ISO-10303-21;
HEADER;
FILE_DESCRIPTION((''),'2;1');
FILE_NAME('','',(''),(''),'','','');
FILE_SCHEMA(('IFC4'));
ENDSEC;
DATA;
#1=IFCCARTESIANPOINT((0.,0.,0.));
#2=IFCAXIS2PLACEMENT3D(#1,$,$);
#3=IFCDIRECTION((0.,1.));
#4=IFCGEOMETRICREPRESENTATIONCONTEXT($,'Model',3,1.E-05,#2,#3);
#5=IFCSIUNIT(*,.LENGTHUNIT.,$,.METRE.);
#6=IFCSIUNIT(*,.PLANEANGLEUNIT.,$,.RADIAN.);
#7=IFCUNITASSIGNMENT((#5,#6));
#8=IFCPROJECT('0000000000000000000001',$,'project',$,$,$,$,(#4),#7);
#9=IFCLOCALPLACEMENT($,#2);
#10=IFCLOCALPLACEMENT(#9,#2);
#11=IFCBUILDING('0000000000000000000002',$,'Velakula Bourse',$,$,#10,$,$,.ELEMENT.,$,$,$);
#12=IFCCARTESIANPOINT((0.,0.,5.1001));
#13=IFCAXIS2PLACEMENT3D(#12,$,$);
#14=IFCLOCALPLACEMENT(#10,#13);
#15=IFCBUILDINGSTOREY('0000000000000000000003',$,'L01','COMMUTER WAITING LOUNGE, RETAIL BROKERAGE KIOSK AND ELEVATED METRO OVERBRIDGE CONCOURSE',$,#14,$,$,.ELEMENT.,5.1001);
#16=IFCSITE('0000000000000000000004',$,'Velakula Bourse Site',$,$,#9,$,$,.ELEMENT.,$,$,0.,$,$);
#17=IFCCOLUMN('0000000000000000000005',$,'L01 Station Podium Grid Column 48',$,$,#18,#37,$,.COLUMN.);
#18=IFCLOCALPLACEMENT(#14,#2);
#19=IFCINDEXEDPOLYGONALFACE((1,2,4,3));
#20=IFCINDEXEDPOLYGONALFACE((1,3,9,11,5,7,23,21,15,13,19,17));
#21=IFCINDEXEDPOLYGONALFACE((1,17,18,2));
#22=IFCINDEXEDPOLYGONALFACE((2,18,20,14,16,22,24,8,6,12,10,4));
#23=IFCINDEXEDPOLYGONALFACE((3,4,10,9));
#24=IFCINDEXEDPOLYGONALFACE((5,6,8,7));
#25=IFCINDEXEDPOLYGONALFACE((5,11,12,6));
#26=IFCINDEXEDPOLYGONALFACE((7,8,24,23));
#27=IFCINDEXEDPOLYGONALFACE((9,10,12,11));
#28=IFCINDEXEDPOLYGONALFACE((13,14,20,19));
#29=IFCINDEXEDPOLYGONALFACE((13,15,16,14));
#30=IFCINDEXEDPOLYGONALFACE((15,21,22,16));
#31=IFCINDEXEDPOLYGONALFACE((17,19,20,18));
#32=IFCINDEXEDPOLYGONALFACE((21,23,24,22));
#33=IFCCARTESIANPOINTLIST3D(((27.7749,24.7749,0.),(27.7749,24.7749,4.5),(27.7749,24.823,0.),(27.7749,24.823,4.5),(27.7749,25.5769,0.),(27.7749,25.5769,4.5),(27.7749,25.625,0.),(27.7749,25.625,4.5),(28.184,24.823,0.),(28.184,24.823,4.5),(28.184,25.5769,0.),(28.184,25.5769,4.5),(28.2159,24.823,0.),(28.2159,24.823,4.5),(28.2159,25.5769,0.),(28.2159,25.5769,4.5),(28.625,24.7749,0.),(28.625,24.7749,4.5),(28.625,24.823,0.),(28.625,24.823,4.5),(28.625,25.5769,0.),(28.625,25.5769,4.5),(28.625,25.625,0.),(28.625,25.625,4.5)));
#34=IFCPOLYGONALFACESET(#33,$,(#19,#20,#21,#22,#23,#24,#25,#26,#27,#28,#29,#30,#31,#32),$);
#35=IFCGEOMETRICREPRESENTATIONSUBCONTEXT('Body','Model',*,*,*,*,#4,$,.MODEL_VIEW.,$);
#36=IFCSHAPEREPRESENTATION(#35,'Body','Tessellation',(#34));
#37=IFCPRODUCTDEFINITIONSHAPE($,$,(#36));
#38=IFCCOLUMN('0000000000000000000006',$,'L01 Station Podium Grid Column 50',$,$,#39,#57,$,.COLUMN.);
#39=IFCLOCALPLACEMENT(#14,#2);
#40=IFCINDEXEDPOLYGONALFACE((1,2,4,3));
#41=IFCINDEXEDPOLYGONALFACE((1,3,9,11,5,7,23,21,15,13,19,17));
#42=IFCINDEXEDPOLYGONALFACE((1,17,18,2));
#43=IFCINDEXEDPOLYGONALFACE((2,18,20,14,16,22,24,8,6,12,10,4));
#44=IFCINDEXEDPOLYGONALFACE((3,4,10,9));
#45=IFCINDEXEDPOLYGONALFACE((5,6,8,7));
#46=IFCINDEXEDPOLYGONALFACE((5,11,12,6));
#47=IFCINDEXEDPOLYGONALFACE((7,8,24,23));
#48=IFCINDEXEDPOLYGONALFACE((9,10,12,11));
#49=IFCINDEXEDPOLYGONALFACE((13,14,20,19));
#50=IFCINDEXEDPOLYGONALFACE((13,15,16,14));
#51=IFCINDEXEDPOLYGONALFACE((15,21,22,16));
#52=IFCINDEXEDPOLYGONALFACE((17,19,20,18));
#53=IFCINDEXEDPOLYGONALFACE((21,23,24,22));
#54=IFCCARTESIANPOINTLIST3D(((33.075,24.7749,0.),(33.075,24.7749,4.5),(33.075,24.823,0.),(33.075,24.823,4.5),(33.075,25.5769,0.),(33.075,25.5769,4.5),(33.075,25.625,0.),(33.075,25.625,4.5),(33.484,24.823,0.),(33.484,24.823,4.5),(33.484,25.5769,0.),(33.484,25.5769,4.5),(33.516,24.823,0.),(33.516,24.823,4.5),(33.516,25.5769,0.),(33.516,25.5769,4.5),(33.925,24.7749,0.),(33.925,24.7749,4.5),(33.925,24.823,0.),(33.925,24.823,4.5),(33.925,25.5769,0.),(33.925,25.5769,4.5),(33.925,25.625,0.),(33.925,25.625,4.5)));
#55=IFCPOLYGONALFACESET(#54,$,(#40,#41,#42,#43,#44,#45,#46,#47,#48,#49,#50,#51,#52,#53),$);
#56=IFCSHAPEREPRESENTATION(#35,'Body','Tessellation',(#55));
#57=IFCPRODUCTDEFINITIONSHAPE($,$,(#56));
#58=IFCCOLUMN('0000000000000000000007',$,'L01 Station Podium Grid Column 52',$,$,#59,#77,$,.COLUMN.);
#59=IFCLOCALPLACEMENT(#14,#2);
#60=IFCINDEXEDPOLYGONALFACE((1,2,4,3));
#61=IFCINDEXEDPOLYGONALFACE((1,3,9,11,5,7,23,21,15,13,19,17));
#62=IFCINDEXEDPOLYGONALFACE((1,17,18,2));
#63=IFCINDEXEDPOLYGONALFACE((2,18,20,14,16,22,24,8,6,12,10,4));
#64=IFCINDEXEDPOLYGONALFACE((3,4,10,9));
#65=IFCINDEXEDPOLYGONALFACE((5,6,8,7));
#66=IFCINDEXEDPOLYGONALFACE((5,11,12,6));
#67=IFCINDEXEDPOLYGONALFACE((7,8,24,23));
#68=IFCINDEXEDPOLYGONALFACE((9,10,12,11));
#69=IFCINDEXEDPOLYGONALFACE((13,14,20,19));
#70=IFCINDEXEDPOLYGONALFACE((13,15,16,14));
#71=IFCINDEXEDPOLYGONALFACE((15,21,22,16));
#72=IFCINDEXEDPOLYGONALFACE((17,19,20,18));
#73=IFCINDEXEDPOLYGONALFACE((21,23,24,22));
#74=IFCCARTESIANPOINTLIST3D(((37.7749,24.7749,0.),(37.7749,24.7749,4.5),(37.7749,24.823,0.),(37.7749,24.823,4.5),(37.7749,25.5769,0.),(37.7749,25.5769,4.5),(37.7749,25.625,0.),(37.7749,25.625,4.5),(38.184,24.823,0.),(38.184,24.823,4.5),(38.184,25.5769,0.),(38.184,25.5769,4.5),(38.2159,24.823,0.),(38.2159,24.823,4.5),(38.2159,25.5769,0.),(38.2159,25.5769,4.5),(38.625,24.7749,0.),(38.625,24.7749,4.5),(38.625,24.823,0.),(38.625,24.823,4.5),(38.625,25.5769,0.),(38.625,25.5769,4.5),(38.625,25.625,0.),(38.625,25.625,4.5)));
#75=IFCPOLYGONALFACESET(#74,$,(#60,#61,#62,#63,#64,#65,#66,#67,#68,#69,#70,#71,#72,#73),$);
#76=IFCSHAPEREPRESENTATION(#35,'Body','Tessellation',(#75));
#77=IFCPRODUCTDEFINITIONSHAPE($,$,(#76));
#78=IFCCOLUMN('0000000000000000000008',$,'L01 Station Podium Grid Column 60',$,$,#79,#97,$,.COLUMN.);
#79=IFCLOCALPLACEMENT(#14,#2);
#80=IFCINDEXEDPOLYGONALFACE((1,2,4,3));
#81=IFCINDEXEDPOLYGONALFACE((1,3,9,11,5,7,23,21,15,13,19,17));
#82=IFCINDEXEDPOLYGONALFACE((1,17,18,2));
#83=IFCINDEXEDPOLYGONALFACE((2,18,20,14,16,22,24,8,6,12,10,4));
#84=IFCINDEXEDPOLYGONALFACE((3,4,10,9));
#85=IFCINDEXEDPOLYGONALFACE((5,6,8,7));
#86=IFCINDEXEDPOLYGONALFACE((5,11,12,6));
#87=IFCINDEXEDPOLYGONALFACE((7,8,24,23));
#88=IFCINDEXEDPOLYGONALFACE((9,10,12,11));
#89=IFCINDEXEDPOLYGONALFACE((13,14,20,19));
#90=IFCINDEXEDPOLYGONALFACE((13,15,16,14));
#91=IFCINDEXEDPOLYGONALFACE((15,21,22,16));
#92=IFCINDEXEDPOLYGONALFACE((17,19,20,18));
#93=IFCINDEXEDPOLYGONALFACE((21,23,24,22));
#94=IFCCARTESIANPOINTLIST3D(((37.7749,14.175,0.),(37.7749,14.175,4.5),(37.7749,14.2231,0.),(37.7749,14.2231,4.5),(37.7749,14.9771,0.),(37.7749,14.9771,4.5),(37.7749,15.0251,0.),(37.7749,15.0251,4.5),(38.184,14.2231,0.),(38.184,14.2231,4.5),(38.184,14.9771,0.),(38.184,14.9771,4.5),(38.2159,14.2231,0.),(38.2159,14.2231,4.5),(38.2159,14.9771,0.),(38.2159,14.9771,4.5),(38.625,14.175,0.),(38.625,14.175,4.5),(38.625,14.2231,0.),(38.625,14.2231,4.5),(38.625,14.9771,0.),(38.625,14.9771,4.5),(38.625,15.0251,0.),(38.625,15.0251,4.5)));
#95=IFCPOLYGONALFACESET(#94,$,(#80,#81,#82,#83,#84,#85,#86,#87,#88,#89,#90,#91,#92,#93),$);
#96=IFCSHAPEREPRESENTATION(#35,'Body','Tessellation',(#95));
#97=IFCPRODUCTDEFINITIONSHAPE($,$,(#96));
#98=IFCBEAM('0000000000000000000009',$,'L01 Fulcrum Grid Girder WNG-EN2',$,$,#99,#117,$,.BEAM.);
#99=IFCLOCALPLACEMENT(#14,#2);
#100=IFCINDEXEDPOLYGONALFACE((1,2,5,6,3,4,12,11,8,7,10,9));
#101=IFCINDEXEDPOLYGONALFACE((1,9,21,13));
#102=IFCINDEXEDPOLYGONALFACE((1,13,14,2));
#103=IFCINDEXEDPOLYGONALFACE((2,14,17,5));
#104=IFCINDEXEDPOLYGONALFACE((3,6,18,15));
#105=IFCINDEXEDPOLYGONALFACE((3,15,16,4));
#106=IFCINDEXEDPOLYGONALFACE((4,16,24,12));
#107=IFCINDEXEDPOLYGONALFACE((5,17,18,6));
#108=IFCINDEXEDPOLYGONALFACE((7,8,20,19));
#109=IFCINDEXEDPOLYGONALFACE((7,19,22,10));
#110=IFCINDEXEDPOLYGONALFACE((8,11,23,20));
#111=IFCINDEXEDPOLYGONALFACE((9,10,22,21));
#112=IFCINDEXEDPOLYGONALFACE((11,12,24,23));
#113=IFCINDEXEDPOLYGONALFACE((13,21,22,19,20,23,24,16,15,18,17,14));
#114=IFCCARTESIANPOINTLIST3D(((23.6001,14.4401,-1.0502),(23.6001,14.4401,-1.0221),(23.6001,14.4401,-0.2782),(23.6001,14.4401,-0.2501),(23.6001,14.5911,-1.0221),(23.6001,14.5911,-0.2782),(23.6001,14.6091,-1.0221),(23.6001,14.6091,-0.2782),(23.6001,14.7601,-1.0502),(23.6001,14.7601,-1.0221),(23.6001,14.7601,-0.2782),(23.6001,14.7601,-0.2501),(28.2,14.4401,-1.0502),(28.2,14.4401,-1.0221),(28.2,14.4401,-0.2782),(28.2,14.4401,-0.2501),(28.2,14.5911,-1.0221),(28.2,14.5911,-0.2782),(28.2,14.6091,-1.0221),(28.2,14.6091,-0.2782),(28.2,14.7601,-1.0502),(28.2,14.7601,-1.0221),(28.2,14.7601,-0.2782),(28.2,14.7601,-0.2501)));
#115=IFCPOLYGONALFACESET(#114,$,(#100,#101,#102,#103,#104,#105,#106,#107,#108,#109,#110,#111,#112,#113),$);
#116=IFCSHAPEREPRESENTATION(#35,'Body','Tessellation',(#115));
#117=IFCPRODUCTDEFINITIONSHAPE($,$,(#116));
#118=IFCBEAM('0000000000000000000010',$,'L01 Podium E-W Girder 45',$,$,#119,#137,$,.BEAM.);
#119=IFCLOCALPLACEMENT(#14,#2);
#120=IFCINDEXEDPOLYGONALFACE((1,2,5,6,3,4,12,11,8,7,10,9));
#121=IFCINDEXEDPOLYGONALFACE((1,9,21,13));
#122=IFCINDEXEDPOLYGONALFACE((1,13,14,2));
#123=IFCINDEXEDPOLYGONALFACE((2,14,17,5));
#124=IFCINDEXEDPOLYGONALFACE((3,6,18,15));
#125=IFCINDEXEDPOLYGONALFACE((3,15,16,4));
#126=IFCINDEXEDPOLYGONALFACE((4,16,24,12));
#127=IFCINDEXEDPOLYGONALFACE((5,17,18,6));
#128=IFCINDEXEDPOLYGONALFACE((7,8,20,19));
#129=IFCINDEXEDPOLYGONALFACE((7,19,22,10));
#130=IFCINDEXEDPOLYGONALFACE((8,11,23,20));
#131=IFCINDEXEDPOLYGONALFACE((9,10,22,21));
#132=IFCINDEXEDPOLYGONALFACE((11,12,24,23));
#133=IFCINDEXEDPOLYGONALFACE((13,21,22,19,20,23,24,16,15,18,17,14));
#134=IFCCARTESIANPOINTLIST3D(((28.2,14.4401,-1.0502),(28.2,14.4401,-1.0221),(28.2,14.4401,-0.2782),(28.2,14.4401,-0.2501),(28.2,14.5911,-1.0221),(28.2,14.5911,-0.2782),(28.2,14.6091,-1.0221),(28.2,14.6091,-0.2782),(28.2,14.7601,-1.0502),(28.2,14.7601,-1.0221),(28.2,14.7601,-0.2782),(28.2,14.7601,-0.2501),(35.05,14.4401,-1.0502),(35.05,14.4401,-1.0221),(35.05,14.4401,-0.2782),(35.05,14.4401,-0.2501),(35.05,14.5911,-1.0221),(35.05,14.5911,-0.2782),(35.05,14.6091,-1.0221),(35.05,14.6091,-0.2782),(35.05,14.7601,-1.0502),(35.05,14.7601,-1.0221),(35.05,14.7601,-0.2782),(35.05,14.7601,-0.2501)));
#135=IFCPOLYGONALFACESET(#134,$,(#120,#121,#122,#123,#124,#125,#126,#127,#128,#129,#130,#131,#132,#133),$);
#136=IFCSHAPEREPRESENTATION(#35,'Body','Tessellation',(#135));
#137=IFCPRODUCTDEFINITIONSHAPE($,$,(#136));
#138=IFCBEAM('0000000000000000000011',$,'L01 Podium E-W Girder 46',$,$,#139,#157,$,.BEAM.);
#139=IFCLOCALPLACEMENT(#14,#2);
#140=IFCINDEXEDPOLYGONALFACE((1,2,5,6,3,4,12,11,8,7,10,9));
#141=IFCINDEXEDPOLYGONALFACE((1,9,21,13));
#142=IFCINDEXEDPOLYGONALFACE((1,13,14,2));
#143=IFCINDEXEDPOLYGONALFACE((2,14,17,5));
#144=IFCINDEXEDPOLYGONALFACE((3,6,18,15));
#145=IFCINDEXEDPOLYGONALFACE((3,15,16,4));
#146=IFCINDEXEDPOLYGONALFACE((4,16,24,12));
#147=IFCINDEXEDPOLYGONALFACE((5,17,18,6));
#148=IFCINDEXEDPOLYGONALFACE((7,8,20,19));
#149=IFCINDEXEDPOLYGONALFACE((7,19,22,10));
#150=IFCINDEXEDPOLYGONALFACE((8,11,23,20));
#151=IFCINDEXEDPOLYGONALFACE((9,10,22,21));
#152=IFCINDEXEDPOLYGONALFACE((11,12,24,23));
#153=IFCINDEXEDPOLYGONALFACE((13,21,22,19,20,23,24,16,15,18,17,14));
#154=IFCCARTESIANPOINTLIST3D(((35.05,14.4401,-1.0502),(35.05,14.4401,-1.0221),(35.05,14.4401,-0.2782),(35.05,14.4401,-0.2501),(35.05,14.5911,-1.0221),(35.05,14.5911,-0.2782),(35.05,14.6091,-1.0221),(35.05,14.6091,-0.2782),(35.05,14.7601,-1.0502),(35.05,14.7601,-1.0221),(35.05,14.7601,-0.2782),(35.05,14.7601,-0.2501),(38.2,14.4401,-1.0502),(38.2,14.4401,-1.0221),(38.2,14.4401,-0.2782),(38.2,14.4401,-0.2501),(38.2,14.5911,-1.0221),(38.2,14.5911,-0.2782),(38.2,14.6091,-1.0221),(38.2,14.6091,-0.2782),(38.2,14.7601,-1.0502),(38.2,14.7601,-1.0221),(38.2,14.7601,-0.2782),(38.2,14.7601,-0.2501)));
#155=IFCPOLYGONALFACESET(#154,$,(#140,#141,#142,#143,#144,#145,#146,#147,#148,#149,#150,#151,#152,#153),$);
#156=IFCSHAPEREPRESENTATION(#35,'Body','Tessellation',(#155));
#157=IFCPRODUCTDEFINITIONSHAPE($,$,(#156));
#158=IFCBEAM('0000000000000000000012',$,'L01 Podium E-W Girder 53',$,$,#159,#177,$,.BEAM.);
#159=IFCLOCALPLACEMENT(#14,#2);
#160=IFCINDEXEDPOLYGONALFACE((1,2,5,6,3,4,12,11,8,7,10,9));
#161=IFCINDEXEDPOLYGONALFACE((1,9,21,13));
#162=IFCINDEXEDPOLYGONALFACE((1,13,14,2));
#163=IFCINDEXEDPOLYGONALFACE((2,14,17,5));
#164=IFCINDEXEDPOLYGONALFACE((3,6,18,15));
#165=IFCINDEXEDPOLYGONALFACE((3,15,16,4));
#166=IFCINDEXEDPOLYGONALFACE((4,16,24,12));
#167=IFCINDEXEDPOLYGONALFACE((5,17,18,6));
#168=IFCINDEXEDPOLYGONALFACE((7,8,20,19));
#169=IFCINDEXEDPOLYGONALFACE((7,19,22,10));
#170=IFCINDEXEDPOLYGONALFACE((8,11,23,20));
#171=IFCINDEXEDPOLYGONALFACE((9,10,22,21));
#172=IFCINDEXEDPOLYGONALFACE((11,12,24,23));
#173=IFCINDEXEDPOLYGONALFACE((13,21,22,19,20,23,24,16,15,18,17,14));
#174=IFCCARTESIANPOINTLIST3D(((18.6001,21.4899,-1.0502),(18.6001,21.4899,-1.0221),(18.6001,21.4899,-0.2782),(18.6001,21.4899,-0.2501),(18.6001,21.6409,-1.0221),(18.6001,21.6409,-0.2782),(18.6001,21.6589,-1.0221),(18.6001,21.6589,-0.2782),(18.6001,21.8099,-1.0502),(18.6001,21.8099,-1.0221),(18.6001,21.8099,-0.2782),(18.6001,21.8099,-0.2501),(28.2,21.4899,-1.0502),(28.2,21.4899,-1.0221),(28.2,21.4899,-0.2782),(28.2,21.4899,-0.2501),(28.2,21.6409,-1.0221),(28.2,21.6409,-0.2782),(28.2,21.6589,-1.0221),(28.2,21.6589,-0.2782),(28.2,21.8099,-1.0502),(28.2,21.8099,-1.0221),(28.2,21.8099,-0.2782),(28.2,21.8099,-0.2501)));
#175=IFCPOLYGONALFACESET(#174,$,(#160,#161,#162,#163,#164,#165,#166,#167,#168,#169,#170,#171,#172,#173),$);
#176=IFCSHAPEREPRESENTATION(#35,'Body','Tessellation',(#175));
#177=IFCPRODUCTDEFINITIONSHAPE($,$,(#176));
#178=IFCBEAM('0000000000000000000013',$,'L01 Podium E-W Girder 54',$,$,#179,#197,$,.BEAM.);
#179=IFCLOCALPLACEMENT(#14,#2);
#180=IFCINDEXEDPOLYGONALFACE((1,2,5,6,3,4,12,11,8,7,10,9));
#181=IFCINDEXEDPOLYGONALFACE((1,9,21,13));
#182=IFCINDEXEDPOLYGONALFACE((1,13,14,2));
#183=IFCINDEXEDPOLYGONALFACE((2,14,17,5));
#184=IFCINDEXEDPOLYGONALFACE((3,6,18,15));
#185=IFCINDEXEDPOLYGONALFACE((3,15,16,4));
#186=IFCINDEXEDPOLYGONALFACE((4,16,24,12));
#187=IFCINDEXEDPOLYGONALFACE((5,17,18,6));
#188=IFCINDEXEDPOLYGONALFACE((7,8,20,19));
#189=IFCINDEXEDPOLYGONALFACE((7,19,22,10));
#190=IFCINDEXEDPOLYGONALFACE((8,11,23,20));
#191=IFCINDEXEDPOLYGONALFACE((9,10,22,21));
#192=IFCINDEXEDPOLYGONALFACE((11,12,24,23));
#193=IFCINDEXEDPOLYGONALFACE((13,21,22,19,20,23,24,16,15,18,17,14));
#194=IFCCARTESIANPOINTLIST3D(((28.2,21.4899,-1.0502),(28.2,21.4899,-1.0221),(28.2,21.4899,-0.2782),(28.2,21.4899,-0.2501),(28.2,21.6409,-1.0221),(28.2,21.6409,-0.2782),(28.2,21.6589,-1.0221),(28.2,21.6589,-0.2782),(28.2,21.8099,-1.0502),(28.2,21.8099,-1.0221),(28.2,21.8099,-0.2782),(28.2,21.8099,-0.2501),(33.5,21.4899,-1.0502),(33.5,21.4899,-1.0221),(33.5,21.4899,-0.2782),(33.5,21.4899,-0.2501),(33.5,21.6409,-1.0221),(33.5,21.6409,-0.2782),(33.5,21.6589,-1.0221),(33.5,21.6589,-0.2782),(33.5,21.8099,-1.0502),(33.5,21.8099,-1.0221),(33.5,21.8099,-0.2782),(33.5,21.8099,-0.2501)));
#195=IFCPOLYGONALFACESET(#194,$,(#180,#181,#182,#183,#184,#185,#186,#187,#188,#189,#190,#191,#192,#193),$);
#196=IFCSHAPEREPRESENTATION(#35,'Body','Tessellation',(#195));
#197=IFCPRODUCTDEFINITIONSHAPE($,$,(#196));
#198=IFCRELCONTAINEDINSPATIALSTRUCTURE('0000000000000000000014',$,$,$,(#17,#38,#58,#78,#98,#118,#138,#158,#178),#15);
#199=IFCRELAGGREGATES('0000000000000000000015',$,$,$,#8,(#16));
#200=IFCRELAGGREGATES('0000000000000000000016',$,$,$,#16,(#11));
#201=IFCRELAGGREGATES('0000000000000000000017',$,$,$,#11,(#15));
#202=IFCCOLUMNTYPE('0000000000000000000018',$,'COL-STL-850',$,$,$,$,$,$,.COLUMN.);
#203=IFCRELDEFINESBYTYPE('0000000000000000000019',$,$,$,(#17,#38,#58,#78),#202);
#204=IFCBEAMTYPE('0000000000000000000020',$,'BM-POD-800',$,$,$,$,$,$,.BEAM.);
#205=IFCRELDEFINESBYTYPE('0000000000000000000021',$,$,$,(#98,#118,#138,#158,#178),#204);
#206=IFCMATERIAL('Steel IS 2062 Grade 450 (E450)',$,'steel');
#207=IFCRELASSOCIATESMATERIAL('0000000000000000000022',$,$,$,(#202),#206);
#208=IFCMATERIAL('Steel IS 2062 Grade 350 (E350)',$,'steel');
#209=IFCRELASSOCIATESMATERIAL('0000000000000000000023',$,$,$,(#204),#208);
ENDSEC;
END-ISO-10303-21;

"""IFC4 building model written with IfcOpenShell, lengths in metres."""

from ifc_helpers import new_model, si_unit, direction, frame, origin, origin_2d, place, context, subcontext, project, spatial, i_section, extrude, material, material_profile, profile_set, type_object, element, save


model = new_model("IFC4")

# Units and contexts
model_context = context("Model", 3, precision=1e-05, world=origin(), true_north=direction((0.0, 1.0)))
body_context = subcontext(model_context, "Body", "Model", "MODEL_VIEW")
ifc_project = project(units=[si_unit("LENGTHUNIT", "METRE"), si_unit("PLANEANGLEUNIT", "RADIAN")], contexts=[model_context])

# Site, building, storey
site_placement = place(None, origin())
site = spatial("IfcSite", under=ifc_project, at=site_placement, Name="Velakula Bourse Site", CompositionType="ELEMENT", RefElevation=0.0)
building_placement = place(site_placement, origin())
building = spatial("IfcBuilding", under=site, at=building_placement, Name="Velakula Bourse", CompositionType="ELEMENT")
storey_placement = place(building_placement, frame((0.0, 0.0, 5.1001)))
storey = spatial("IfcBuildingStorey", under=building, at=storey_placement, Name="L01", Description="COMMUTER WAITING LOUNGE, RETAIL BROKERAGE KIOSK AND ELEVATED METRO OVERBRIDGE CONCOURSE", CompositionType="ELEMENT", Elevation=5.1001)

# Columns
ifc_material_1 = material(Name="Steel IS 2062 Grade 450 (E450)", Category="steel")
ifc_material_profile_1 = material_profile(ifc_material_1, i_section(OverallWidth=0.8501, OverallDepth=0.8501, WebThickness=0.032, FlangeThickness=0.0481, at=origin_2d()), Name="Steel IS 2062 Grade 450 (E450)")
ifc_profile_set_1 = profile_set([ifc_material_profile_1], Name="Steel IS 2062 Grade 450 (E450)")
column_type = type_object("IfcColumnType", Name="COL-STL-850", PredefinedType="COLUMN", material=ifc_profile_set_1)
for number, where, z_axis, x_axis, name in (
    (1, (28.2, 25.2, 0.0), (0.0, 0.0, 1.0), (1.0, 0.0, 0.0), "L01 Station Podium Grid Column 48"),
    (2, (33.5, 25.2, 0.0), (0.0, 0.0, 1.0), (1.0, 0.0, 0.0), "L01 Station Podium Grid Column 50"),
    (3, (38.2, 25.2, 0.0), (0.0, 0.0, 1.0), (1.0, 0.0, 0.0), "L01 Station Podium Grid Column 52"),
    (4, (38.2, 14.6001, 0.0), (0.0, 0.0, 1.0), (1.0, 0.0, 0.0), "L01 Station Podium Grid Column 60"),
):
    element("IfcColumn", number, at=place(storey_placement, frame(where, z_axis=z_axis, x_axis=x_axis)), inside=storey, type_object=column_type, Name=name, PredefinedType="COLUMN", context=body_context, shape_type="SweptSolid", body=[
        extrude(i_section(OverallWidth=0.8501, OverallDepth=0.8501, WebThickness=0.032, FlangeThickness=0.0481, at=origin_2d()), origin(), (0.0, 0.0, 1.0), 4.5),
    ])

# Beams
ifc_material_2 = material(Name="Steel IS 2062 Grade 350 (E350)", Category="steel")
ifc_material_profile_2 = material_profile(ifc_material_2, i_section(OverallWidth=0.3201, OverallDepth=0.8, WebThickness=0.0181, FlangeThickness=0.0281, at=origin_2d()), Name="Steel IS 2062 Grade 350 (E350)")
ifc_profile_set_2 = profile_set([ifc_material_profile_2], Name="Steel IS 2062 Grade 350 (E350)")
beam_type_1 = type_object("IfcBeamType", Name="BM-POD-800", PredefinedType="BEAM", material=ifc_profile_set_2)
beam_1_placement = place(storey_placement, frame((23.6001, 14.6001, -0.6501), z_axis=(1.0, 0.0, 0.0), x_axis=(0.0, 1.0, 0.0)))
element("IfcBeam", 5, at=beam_1_placement, inside=storey, type_object=beam_type_1, Name="L01 Fulcrum Grid Girder WNG-EN2", PredefinedType="BEAM", context=body_context, shape_type="SweptSolid", body=[
    extrude(i_section(OverallWidth=0.3201, OverallDepth=0.8, WebThickness=0.0181, FlangeThickness=0.0281, at=origin_2d()), origin(), (0.0, 0.0, 1.0), 4.5999),
])
beam_2_placement = place(storey_placement, frame((28.2, 14.6001, -0.6501), z_axis=(1.0, 0.0, 0.0), x_axis=(0.0, 1.0, 0.0)))
element("IfcBeam", 6, at=beam_2_placement, inside=storey, type_object=beam_type_1, Name="L01 Podium E-W Girder 45", PredefinedType="BEAM", context=body_context, shape_type="SweptSolid", body=[
    extrude(i_section(OverallWidth=0.3201, OverallDepth=0.8, WebThickness=0.0181, FlangeThickness=0.0281, at=origin_2d()), origin(), (0.0, 0.0, 1.0), 6.8501),
])
beam_3_placement = place(storey_placement, frame((35.05, 14.6001, -0.6501), z_axis=(1.0, 0.0, 0.0), x_axis=(0.0, 1.0, 0.0)))
element("IfcBeam", 7, at=beam_3_placement, inside=storey, type_object=beam_type_1, Name="L01 Podium E-W Girder 46", PredefinedType="BEAM", context=body_context, shape_type="SweptSolid", body=[
    extrude(i_section(OverallWidth=0.3201, OverallDepth=0.8, WebThickness=0.0181, FlangeThickness=0.0281, at=origin_2d()), origin(), (0.0, 0.0, 1.0), 3.1499),
])
beam_4_placement = place(storey_placement, frame((18.6001, 21.6499, -0.6501), z_axis=(1.0, 0.0, 0.0), x_axis=(0.0, 1.0, 0.0)))
element("IfcBeam", 8, at=beam_4_placement, inside=storey, type_object=beam_type_1, Name="L01 Podium E-W Girder 53", PredefinedType="BEAM", context=body_context, shape_type="SweptSolid", body=[
    extrude(i_section(OverallWidth=0.3201, OverallDepth=0.8, WebThickness=0.0181, FlangeThickness=0.0281, at=origin_2d()), origin(), (0.0, 0.0, 1.0), 9.5999),
])
beam_5_placement = place(storey_placement, frame((28.2, 21.6499, -0.6501), z_axis=(1.0, 0.0, 0.0), x_axis=(0.0, 1.0, 0.0)))
element("IfcBeam", 9, at=beam_5_placement, inside=storey, type_object=beam_type_1, Name="L01 Podium E-W Girder 54", PredefinedType="BEAM", context=body_context, shape_type="SweptSolid", body=[
    extrude(i_section(OverallWidth=0.3201, OverallDepth=0.8, WebThickness=0.0181, FlangeThickness=0.0281, at=origin_2d()), origin(), (0.0, 0.0, 1.0), 5.3),
])

save(model, "model.ifc")
